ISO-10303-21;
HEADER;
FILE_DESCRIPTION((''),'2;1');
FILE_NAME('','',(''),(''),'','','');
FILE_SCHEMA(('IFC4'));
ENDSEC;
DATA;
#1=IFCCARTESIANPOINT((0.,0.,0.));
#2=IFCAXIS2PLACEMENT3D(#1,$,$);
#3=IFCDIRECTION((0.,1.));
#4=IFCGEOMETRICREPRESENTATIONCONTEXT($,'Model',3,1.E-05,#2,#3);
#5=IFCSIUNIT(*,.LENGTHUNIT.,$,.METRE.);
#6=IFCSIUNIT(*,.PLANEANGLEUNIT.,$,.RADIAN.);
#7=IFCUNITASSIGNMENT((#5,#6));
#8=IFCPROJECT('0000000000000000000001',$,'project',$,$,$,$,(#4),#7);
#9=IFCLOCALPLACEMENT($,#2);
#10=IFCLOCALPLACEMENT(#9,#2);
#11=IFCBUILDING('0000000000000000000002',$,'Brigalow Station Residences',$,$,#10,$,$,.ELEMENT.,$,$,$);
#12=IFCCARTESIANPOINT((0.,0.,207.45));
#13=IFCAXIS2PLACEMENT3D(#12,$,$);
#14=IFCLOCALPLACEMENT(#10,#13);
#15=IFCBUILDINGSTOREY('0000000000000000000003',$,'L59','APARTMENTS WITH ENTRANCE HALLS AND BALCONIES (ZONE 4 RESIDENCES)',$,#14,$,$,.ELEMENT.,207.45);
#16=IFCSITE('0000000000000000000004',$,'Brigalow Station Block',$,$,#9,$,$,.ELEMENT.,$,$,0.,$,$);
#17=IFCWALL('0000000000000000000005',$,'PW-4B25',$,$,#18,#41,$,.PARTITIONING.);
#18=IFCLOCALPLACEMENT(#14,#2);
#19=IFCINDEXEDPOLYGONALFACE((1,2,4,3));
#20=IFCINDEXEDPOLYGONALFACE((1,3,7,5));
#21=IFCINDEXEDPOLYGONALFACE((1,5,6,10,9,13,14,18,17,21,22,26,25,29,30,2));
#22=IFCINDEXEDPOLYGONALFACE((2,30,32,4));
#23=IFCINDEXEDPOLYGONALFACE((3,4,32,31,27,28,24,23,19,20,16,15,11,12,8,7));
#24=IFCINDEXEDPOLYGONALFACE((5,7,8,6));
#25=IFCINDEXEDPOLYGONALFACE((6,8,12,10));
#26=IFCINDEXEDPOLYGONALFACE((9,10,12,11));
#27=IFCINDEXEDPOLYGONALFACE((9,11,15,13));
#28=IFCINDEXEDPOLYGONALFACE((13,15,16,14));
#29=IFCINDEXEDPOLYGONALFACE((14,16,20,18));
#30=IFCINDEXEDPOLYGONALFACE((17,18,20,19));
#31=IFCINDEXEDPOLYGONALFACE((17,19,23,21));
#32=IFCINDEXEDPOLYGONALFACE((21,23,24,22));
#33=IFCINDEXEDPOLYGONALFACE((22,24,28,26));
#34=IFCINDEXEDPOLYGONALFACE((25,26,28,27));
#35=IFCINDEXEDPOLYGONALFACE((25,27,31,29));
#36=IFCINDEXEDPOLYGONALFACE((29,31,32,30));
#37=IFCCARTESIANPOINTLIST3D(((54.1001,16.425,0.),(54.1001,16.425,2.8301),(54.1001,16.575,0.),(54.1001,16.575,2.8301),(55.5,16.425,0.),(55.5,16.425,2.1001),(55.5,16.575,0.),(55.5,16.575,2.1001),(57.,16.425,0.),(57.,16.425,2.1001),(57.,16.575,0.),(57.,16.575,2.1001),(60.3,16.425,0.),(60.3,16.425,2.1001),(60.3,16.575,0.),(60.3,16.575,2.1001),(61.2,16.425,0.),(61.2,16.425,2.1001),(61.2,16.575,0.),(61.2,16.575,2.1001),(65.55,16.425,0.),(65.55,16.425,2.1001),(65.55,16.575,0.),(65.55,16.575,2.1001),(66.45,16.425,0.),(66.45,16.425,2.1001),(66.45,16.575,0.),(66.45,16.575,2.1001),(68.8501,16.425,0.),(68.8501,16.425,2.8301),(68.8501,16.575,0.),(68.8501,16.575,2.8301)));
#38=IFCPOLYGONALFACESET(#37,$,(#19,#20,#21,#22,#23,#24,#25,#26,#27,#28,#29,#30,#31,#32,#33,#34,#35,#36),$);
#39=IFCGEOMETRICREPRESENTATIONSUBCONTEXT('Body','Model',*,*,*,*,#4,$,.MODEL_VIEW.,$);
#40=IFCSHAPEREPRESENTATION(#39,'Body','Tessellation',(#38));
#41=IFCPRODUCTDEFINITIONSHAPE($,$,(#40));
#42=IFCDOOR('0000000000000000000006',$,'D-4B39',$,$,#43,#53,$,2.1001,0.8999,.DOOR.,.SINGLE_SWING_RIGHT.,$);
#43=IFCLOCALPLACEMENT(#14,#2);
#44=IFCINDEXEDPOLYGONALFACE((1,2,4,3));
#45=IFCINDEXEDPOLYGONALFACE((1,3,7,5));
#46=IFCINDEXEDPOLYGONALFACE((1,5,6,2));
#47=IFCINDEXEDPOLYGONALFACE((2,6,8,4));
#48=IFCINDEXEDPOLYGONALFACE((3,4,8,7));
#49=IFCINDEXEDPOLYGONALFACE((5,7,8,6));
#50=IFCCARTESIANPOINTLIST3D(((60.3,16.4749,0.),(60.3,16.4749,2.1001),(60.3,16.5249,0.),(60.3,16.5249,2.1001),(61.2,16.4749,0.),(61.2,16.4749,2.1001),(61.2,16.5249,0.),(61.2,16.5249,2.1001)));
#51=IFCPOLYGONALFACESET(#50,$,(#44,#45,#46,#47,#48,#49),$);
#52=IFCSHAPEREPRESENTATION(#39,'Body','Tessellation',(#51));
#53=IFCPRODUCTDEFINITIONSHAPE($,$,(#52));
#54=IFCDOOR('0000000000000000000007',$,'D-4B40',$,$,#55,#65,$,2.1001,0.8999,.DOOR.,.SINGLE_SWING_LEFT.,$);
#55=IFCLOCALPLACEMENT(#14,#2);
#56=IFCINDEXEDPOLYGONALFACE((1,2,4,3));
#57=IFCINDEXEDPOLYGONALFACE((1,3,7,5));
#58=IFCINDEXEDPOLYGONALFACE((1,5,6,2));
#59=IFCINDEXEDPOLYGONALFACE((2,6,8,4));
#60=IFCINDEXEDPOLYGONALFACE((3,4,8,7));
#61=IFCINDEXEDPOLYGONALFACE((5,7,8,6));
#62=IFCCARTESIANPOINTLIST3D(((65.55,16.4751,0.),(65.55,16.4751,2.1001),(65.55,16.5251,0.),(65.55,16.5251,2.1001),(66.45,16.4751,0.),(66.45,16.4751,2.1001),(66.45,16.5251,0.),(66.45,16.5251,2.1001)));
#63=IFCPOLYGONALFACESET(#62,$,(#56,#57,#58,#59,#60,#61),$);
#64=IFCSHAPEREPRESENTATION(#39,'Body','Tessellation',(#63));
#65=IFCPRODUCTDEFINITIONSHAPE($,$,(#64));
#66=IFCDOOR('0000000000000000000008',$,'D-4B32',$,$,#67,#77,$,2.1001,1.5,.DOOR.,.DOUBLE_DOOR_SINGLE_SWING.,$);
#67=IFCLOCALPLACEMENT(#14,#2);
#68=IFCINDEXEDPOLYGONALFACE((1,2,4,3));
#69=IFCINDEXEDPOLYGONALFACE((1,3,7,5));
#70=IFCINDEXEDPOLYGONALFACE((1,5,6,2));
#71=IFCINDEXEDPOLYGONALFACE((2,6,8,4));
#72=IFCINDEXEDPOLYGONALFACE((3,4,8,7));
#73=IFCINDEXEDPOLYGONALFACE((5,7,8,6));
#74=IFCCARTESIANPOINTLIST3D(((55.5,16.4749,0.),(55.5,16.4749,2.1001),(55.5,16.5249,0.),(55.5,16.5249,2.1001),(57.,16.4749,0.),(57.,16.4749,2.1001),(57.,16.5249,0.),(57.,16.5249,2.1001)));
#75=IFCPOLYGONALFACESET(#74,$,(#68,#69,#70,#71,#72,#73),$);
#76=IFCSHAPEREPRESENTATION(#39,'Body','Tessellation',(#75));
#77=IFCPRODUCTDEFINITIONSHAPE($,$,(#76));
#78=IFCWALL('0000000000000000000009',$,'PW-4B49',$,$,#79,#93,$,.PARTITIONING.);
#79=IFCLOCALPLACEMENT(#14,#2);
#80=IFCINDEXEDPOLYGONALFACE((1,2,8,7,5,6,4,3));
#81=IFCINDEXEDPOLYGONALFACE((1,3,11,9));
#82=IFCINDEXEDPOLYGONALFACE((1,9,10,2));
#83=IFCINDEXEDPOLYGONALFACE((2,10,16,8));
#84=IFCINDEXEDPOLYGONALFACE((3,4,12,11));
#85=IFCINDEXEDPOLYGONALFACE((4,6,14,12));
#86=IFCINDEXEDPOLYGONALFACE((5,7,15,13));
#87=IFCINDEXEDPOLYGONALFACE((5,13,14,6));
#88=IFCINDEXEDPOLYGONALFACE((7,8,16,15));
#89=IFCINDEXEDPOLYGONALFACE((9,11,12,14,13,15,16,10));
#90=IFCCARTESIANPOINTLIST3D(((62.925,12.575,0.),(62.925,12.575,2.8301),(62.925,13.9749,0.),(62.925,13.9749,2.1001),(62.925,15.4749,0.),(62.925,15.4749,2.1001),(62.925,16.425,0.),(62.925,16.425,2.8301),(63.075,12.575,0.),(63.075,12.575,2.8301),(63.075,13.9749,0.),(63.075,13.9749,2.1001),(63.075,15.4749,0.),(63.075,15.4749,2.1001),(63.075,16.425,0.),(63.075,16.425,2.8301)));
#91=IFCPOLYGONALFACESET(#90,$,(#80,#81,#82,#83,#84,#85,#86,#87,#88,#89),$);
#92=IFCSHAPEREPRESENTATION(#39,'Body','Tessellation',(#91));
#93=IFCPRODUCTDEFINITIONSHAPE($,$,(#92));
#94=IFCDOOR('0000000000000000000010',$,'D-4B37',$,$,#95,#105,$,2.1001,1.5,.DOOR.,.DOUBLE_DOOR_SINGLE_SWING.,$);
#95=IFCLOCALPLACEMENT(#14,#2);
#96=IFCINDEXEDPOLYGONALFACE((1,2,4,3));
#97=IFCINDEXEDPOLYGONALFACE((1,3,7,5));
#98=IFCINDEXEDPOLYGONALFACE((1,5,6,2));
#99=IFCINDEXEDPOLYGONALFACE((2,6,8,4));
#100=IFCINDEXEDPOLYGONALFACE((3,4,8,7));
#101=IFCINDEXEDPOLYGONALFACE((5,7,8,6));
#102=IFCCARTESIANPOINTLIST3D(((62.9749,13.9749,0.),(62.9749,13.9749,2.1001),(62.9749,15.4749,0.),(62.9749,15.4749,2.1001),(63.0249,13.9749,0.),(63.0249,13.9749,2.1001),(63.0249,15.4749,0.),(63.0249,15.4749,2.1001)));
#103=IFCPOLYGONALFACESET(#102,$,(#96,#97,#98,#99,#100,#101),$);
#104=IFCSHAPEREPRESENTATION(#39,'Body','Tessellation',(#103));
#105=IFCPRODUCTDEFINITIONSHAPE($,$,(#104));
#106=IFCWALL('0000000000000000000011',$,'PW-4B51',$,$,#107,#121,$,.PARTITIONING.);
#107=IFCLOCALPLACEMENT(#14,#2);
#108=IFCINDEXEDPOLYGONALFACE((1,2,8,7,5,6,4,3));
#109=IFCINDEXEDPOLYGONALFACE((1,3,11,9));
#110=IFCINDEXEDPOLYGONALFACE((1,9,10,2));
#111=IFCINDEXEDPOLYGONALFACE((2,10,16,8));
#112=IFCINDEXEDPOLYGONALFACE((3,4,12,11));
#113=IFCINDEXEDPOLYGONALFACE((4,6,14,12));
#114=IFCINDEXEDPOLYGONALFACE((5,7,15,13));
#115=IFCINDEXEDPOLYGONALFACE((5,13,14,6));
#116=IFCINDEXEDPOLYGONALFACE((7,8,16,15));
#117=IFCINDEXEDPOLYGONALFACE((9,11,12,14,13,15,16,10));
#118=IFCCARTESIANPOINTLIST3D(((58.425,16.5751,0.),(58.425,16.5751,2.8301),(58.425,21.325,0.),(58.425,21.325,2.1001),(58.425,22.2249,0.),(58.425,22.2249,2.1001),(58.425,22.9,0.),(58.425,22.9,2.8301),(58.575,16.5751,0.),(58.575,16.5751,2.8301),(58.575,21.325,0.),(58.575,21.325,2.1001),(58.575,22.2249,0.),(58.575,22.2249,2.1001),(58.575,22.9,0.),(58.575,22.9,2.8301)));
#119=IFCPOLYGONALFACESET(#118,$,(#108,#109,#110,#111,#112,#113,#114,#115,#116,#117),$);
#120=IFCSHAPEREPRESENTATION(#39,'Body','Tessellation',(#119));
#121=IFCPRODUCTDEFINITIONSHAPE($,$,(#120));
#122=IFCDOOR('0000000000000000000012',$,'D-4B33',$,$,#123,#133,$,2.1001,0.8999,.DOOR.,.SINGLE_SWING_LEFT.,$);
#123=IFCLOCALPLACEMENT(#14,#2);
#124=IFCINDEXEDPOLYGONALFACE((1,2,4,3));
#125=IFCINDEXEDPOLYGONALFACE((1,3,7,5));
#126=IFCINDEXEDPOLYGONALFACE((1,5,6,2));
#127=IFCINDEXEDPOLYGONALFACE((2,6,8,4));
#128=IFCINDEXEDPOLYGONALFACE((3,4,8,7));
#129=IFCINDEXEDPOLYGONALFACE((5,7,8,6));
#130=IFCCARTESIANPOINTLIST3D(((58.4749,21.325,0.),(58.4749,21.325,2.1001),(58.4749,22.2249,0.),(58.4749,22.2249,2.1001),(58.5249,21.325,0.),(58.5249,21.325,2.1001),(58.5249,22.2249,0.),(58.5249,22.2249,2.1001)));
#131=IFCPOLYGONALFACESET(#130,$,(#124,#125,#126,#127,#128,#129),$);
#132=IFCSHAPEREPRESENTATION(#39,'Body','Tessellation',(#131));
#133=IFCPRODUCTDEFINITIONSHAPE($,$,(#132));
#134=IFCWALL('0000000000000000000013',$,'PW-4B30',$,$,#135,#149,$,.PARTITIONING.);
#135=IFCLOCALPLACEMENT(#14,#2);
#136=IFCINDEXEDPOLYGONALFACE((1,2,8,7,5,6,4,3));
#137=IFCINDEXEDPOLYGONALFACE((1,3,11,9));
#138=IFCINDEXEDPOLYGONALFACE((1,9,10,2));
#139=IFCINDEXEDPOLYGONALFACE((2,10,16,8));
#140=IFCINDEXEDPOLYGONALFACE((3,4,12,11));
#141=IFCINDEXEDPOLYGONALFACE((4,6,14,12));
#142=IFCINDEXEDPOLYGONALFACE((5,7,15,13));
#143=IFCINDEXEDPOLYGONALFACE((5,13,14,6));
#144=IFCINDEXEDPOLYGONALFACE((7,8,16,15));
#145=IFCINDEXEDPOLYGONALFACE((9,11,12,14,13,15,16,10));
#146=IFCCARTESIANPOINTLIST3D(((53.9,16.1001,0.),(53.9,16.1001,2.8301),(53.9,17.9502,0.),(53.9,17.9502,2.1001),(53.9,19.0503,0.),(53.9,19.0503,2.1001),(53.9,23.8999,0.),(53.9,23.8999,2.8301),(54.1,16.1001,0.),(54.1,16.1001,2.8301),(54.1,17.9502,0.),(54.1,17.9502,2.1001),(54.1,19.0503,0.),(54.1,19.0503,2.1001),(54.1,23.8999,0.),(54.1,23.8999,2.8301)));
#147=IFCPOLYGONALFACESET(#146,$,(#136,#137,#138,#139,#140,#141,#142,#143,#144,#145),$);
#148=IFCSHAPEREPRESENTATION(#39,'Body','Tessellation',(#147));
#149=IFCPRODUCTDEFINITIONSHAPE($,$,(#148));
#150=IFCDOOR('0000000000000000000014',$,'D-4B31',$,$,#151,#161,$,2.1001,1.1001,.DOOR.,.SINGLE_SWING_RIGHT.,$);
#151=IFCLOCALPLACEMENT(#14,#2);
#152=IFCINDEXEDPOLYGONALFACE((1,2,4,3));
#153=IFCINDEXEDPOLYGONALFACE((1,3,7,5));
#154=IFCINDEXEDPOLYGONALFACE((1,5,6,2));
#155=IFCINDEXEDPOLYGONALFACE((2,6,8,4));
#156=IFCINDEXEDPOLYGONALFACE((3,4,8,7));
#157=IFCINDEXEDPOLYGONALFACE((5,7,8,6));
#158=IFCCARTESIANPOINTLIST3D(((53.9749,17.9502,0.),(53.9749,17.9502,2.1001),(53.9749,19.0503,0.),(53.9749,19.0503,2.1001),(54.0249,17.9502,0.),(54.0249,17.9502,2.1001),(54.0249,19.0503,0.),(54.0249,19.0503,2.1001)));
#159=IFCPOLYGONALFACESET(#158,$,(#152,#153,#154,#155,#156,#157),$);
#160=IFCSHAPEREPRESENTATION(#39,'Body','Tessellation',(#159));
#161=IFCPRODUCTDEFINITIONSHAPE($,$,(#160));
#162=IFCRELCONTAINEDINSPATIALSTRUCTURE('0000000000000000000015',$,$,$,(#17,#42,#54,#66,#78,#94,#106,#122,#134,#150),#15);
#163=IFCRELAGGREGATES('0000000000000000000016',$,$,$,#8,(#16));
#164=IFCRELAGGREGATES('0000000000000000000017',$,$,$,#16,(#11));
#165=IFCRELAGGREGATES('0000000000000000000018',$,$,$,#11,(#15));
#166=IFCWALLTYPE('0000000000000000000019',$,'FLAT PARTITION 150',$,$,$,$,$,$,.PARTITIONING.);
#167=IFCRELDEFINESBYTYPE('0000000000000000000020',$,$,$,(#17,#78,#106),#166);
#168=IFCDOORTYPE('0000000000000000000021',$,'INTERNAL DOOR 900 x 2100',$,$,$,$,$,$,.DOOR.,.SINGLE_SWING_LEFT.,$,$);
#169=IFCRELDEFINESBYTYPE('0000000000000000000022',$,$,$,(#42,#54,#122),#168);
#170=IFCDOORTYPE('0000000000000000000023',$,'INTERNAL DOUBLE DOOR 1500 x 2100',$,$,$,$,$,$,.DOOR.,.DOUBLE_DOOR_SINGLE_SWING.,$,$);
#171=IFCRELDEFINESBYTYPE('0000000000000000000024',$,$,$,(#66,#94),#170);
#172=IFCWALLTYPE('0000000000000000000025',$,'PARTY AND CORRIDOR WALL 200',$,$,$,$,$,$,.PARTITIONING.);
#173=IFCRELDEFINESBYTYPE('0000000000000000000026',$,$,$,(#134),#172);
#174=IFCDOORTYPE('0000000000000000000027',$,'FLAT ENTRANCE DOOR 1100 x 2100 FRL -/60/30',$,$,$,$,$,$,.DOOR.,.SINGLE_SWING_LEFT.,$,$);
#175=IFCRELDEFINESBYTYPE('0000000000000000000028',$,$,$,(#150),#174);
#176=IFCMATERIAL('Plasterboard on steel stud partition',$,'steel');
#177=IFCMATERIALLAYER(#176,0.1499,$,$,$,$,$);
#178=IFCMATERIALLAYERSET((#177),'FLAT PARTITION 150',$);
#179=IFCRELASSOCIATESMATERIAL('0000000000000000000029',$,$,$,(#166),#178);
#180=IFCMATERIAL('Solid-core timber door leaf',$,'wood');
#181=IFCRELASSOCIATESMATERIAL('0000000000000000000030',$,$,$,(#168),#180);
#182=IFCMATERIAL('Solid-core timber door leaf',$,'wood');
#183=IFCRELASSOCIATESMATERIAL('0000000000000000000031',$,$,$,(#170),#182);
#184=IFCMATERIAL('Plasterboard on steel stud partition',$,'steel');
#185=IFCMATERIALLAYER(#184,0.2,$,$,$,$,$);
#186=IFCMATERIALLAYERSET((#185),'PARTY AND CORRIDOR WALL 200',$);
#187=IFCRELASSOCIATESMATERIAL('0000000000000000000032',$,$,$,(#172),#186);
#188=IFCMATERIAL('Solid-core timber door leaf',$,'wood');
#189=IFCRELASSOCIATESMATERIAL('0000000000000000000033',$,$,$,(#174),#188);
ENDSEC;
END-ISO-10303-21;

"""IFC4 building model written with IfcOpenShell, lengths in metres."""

from ifc_helpers import new_model, si_unit, direction, frame, frame_2d, origin, place, context, subcontext, project, spatial, rectangle, extrude, material, layer, layer_set, type_object, element, fill, save


model = new_model("IFC4")

# Units and contexts
model_context = context("Model", 3, precision=1e-05, world=origin(), true_north=direction((0.0, 1.0)))
body_context = subcontext(model_context, "Body", "Model", "MODEL_VIEW")
ifc_project = project(units=[si_unit("LENGTHUNIT", "METRE"), si_unit("PLANEANGLEUNIT", "RADIAN")], contexts=[model_context])

# Site, building, storey
site_placement = place(None, origin())
site = spatial("IfcSite", under=ifc_project, at=site_placement, Name="Brigalow Station Block", CompositionType="ELEMENT", RefElevation=0.0)
building_placement = place(site_placement, origin())
building = spatial("IfcBuilding", under=site, at=building_placement, Name="Brigalow Station Residences", CompositionType="ELEMENT")
storey_placement = place(building_placement, frame((0.0, 0.0, 207.45)))
storey = spatial("IfcBuildingStorey", under=building, at=storey_placement, Name="L59", Description="APARTMENTS WITH ENTRANCE HALLS AND BALCONIES (ZONE 4 RESIDENCES)", CompositionType="ELEMENT", Elevation=207.45)

# Shared definitions
ifc_material_1 = material(Name="Plasterboard on steel stud partition", Category="steel")
ifc_layer_1 = layer(ifc_material_1, 0.1499)
ifc_layer_set_1 = layer_set([ifc_layer_1], Name="FLAT PARTITION 150")
wall_type_1 = type_object("IfcWallType", Name="FLAT PARTITION 150", PredefinedType="PARTITIONING", material=ifc_layer_set_1)

# Wall, openings, doors
ifc_material_2 = material(Name="Solid-core timber door leaf", Category="wood")
door_type_1 = type_object("IfcDoorType", Name="INTERNAL DOOR 900 x 2100", OperationType="SINGLE_SWING_LEFT", PredefinedType="DOOR", material=ifc_material_2)
wall_1_placement = place(storey_placement, frame((54.1001, 16.5, 0.0), z_axis=(0.0, 0.0, 1.0), x_axis=(1.0, 0.0, 0.0)))
wall_1 = element("IfcWall", 1, at=wall_1_placement, inside=storey, type_object=wall_type_1, Name="PW-4B25", PredefinedType="PARTITIONING", context=body_context, shape_type="SweptSolid", body=[
    extrude(rectangle(XDim=14.75, YDim=0.1499, at=frame_2d((7.375, 0.0))), origin(), (0.0, 0.0, 1.0), 2.8301),
])
opening_1_placement = place(wall_1_placement, frame((1.3999, 0.0, 0.0)))
opening_1 = element("IfcOpeningElement", 2, at=opening_1_placement, cuts=wall_1, PredefinedType="OPENING", context=body_context, shape_type="SweptSolid", body=[
    extrude(rectangle(XDim=1.5, YDim=2.1001, at=frame_2d((0.75, 1.05))), frame((0.0, 0.085, 0.0), z_axis=(0.0, -1.0, 0.0), x_axis=(1.0, 0.0, 0.0)), (0.0, 0.0, 1.0), 0.1699),
])
opening_2_placement = place(wall_1_placement, frame((6.2, 0.0, 0.0)))
opening_2 = element("IfcOpeningElement", 3, at=opening_2_placement, cuts=wall_1, PredefinedType="OPENING", context=body_context, shape_type="SweptSolid", body=[
    extrude(rectangle(XDim=0.8999, YDim=2.1001, at=frame_2d((0.45, 1.05))), frame((0.0, 0.085, 0.0), z_axis=(0.0, -1.0, 0.0), x_axis=(1.0, 0.0, 0.0)), (0.0, 0.0, 1.0), 0.1699),
])
opening_3_placement = place(wall_1_placement, frame((11.45, 0.0, 0.0)))
opening_3 = element("IfcOpeningElement", 4, at=opening_3_placement, cuts=wall_1, PredefinedType="OPENING", context=body_context, shape_type="SweptSolid", body=[
    extrude(rectangle(XDim=0.8999, YDim=2.1001, at=frame_2d((0.45, 1.05))), frame((0.0, 0.085, 0.0), z_axis=(0.0, -1.0, 0.0), x_axis=(1.0, 0.0, 0.0)), (0.0, 0.0, 1.0), 0.1699),
])
door_1_placement = place(opening_2_placement, origin())
door_1 = element("IfcDoor", 5, at=door_1_placement, inside=storey, type_object=door_type_1, Name="D-4B39", OperationType="SINGLE_SWING_RIGHT", OverallHeight=2.1001, OverallWidth=0.8999, PredefinedType="DOOR", context=body_context, shape_type="SweptSolid", body=[
    extrude(rectangle(XDim=0.8999, YDim=2.1001, at=frame_2d((0.45, 1.05))), frame((0.0, 0.0249, 0.0), z_axis=(0.0, -1.0, 0.0), x_axis=(1.0, 0.0, 0.0)), (0.0, 0.0, 1.0), 0.05),
])
fill(opening_2, door_1)
door_2_placement = place(opening_3_placement, frame((0.8999, 0.0, 0.0), z_axis=(0.0, 0.0, 1.0), x_axis=(-1.0, 0.0, 0.0)))
door_2 = element("IfcDoor", 6, at=door_2_placement, inside=storey, type_object=door_type_1, Name="D-4B40", OperationType="SINGLE_SWING_LEFT", OverallHeight=2.1001, OverallWidth=0.8999, PredefinedType="DOOR", context=body_context, shape_type="SweptSolid", body=[
    extrude(rectangle(XDim=0.8999, YDim=2.1001, at=frame_2d((0.45, 1.05))), frame((0.0, 0.0249, 0.0), z_axis=(0.0, -1.0, 0.0), x_axis=(1.0, 0.0, 0.0)), (0.0, 0.0, 1.0), 0.05),
])
fill(opening_3, door_2)
ifc_material_3 = material(Name="Solid-core timber door leaf", Category="wood")
door_type_2 = type_object("IfcDoorType", Name="INTERNAL DOUBLE DOOR 1500 x 2100", OperationType="DOUBLE_DOOR_SINGLE_SWING", PredefinedType="DOOR", material=ifc_material_3)
door_3_placement = place(opening_1_placement, origin())
door_3 = element("IfcDoor", 7, at=door_3_placement, inside=storey, type_object=door_type_2, Name="D-4B32", OperationType="DOUBLE_DOOR_SINGLE_SWING", OverallHeight=2.1001, OverallWidth=1.5, PredefinedType="DOOR", context=body_context, shape_type="SweptSolid", body=[
    extrude(rectangle(XDim=1.5, YDim=2.1001, at=frame_2d((0.75, 1.05))), frame((0.0, 0.0249, 0.0), z_axis=(0.0, -1.0, 0.0), x_axis=(1.0, 0.0, 0.0)), (0.0, 0.0, 1.0), 0.05),
])
fill(opening_1, door_3)

# Walls, openings, doors
wall_2_placement = place(storey_placement, frame((63.0, 12.575, 0.0), z_axis=(0.0, 0.0, 1.0), x_axis=(0.0, 1.0, 0.0)))
wall_2 = element("IfcWall", 8, at=wall_2_placement, inside=storey, type_object=wall_type_1, Name="PW-4B49", PredefinedType="PARTITIONING", context=body_context, shape_type="SweptSolid", body=[
    extrude(rectangle(XDim=3.8501, YDim=0.1499, at=frame_2d((1.925, 0.0))), origin(), (0.0, 0.0, 1.0), 2.8301),
])
opening_4_placement = place(wall_2_placement, frame((1.3999, 0.0, 0.0)))
opening_4 = element("IfcOpeningElement", 9, at=opening_4_placement, cuts=wall_2, PredefinedType="OPENING", context=body_context, shape_type="SweptSolid", body=[
    extrude(rectangle(XDim=1.5, YDim=2.1001, at=frame_2d((0.75, 1.05))), frame((0.0, 0.085, 0.0), z_axis=(0.0, -1.0, 0.0), x_axis=(1.0, 0.0, 0.0)), (0.0, 0.0, 1.0), 0.1699),
])
door_4_placement = place(opening_4_placement, frame((1.5, 0.0, 0.0), z_axis=(0.0, 0.0, 1.0), x_axis=(-1.0, 0.0, 0.0)))
door_4 = element("IfcDoor", 10, at=door_4_placement, inside=storey, type_object=door_type_2, Name="D-4B37", OperationType="DOUBLE_DOOR_SINGLE_SWING", OverallHeight=2.1001, OverallWidth=1.5, PredefinedType="DOOR", context=body_context, shape_type="SweptSolid", body=[
    extrude(rectangle(XDim=1.5, YDim=2.1001, at=frame_2d((0.75, 1.05))), frame((0.0, 0.0249, 0.0), z_axis=(0.0, -1.0, 0.0), x_axis=(1.0, 0.0, 0.0)), (0.0, 0.0, 1.0), 0.05),
])
fill(opening_4, door_4)
wall_3_placement = place(storey_placement, frame((58.5, 16.575, 0.0), z_axis=(0.0, 0.0, 1.0), x_axis=(0.0, 1.0, 0.0)))
wall_3 = element("IfcWall", 11, at=wall_3_placement, inside=storey, type_object=wall_type_1, Name="PW-4B51", PredefinedType="PARTITIONING", context=body_context, shape_type="SweptSolid", body=[
    extrude(rectangle(XDim=6.325, YDim=0.1499, at=frame_2d((3.1626, 0.0))), origin(), (0.0, 0.0, 1.0), 2.8301),
])
opening_5_placement = place(wall_3_placement, frame((4.75, 0.0, 0.0)))
opening_5 = element("IfcOpeningElement", 12, at=opening_5_placement, cuts=wall_3, PredefinedType="OPENING", context=body_context, shape_type="SweptSolid", body=[
    extrude(rectangle(XDim=0.8999, YDim=2.1001, at=frame_2d((0.45, 1.05))), frame((0.0, 0.085, 0.0), z_axis=(0.0, -1.0, 0.0), x_axis=(1.0, 0.0, 0.0)), (0.0, 0.0, 1.0), 0.1699),
])
door_5_placement = place(opening_5_placement, frame((0.8999, 0.0, 0.0), z_axis=(0.0, 0.0, 1.0), x_axis=(-1.0, 0.0, 0.0)))
door_5 = element("IfcDoor", 13, at=door_5_placement, inside=storey, type_object=door_type_1, Name="D-4B33", OperationType="SINGLE_SWING_LEFT", OverallHeight=2.1001, OverallWidth=0.8999, PredefinedType="DOOR", context=body_context, shape_type="SweptSolid", body=[
    extrude(rectangle(XDim=0.8999, YDim=2.1001, at=frame_2d((0.45, 1.05))), frame((0.0, 0.0249, 0.0), z_axis=(0.0, -1.0, 0.0), x_axis=(1.0, 0.0, 0.0)), (0.0, 0.0, 1.0), 0.05),
])
fill(opening_5, door_5)
ifc_material_4 = material(Name="Plasterboard on steel stud partition", Category="steel")
ifc_layer_2 = layer(ifc_material_4, 0.2)
ifc_layer_set_2 = layer_set([ifc_layer_2], Name="PARTY AND CORRIDOR WALL 200")
wall_type_2 = type_object("IfcWallType", Name="PARTY AND CORRIDOR WALL 200", PredefinedType="PARTITIONING", material=ifc_layer_set_2)
wall_4_placement = place(storey_placement, frame((54.0, 16.1001, 0.0), z_axis=(0.0, 0.0, 1.0), x_axis=(0.0, 1.0, 0.0)))
wall_4 = element("IfcWall", 14, at=wall_4_placement, inside=storey, type_object=wall_type_2, Name="PW-4B30", PredefinedType="PARTITIONING", context=body_context, shape_type="SweptSolid", body=[
    extrude(rectangle(XDim=7.7998, YDim=0.2, at=frame_2d((3.8999, 0.0))), origin(), (0.0, 0.0, 1.0), 2.8301),
])
opening_6_placement = place(wall_4_placement, frame((1.8501, 0.0, 0.0)))
opening_6 = element("IfcOpeningElement", 15, at=opening_6_placement, cuts=wall_4, PredefinedType="OPENING", context=body_context, shape_type="SweptSolid", body=[
    extrude(rectangle(XDim=1.1001, YDim=2.1001, at=frame_2d((0.55, 1.05))), frame((0.0, 0.1099, 0.0), z_axis=(0.0, -1.0, 0.0), x_axis=(1.0, 0.0, 0.0)), (0.0, 0.0, 1.0), 0.22),
])
ifc_material_5 = material(Name="Solid-core timber door leaf", Category="wood")
door_type_3 = type_object("IfcDoorType", Name="FLAT ENTRANCE DOOR 1100 x 2100 FRL -/60/30", OperationType="SINGLE_SWING_LEFT", PredefinedType="DOOR", material=ifc_material_5)
door_6_placement = place(opening_6_placement, frame((1.1001, 0.0, 0.0), z_axis=(0.0, 0.0, 1.0), x_axis=(-1.0, 0.0, 0.0)))
door_6 = element("IfcDoor", 16, at=door_6_placement, inside=storey, type_object=door_type_3, Name="D-4B31", OperationType="SINGLE_SWING_RIGHT", OverallHeight=2.1001, OverallWidth=1.1001, PredefinedType="DOOR", context=body_context, shape_type="SweptSolid", body=[
    extrude(rectangle(XDim=1.1001, YDim=2.1001, at=frame_2d((0.55, 1.05))), frame((0.0, 0.0249, 0.0), z_axis=(0.0, -1.0, 0.0), x_axis=(1.0, 0.0, 0.0)), (0.0, 0.0, 1.0), 0.05),
])
fill(opening_6, door_6)

save(model, "model.ifc")
